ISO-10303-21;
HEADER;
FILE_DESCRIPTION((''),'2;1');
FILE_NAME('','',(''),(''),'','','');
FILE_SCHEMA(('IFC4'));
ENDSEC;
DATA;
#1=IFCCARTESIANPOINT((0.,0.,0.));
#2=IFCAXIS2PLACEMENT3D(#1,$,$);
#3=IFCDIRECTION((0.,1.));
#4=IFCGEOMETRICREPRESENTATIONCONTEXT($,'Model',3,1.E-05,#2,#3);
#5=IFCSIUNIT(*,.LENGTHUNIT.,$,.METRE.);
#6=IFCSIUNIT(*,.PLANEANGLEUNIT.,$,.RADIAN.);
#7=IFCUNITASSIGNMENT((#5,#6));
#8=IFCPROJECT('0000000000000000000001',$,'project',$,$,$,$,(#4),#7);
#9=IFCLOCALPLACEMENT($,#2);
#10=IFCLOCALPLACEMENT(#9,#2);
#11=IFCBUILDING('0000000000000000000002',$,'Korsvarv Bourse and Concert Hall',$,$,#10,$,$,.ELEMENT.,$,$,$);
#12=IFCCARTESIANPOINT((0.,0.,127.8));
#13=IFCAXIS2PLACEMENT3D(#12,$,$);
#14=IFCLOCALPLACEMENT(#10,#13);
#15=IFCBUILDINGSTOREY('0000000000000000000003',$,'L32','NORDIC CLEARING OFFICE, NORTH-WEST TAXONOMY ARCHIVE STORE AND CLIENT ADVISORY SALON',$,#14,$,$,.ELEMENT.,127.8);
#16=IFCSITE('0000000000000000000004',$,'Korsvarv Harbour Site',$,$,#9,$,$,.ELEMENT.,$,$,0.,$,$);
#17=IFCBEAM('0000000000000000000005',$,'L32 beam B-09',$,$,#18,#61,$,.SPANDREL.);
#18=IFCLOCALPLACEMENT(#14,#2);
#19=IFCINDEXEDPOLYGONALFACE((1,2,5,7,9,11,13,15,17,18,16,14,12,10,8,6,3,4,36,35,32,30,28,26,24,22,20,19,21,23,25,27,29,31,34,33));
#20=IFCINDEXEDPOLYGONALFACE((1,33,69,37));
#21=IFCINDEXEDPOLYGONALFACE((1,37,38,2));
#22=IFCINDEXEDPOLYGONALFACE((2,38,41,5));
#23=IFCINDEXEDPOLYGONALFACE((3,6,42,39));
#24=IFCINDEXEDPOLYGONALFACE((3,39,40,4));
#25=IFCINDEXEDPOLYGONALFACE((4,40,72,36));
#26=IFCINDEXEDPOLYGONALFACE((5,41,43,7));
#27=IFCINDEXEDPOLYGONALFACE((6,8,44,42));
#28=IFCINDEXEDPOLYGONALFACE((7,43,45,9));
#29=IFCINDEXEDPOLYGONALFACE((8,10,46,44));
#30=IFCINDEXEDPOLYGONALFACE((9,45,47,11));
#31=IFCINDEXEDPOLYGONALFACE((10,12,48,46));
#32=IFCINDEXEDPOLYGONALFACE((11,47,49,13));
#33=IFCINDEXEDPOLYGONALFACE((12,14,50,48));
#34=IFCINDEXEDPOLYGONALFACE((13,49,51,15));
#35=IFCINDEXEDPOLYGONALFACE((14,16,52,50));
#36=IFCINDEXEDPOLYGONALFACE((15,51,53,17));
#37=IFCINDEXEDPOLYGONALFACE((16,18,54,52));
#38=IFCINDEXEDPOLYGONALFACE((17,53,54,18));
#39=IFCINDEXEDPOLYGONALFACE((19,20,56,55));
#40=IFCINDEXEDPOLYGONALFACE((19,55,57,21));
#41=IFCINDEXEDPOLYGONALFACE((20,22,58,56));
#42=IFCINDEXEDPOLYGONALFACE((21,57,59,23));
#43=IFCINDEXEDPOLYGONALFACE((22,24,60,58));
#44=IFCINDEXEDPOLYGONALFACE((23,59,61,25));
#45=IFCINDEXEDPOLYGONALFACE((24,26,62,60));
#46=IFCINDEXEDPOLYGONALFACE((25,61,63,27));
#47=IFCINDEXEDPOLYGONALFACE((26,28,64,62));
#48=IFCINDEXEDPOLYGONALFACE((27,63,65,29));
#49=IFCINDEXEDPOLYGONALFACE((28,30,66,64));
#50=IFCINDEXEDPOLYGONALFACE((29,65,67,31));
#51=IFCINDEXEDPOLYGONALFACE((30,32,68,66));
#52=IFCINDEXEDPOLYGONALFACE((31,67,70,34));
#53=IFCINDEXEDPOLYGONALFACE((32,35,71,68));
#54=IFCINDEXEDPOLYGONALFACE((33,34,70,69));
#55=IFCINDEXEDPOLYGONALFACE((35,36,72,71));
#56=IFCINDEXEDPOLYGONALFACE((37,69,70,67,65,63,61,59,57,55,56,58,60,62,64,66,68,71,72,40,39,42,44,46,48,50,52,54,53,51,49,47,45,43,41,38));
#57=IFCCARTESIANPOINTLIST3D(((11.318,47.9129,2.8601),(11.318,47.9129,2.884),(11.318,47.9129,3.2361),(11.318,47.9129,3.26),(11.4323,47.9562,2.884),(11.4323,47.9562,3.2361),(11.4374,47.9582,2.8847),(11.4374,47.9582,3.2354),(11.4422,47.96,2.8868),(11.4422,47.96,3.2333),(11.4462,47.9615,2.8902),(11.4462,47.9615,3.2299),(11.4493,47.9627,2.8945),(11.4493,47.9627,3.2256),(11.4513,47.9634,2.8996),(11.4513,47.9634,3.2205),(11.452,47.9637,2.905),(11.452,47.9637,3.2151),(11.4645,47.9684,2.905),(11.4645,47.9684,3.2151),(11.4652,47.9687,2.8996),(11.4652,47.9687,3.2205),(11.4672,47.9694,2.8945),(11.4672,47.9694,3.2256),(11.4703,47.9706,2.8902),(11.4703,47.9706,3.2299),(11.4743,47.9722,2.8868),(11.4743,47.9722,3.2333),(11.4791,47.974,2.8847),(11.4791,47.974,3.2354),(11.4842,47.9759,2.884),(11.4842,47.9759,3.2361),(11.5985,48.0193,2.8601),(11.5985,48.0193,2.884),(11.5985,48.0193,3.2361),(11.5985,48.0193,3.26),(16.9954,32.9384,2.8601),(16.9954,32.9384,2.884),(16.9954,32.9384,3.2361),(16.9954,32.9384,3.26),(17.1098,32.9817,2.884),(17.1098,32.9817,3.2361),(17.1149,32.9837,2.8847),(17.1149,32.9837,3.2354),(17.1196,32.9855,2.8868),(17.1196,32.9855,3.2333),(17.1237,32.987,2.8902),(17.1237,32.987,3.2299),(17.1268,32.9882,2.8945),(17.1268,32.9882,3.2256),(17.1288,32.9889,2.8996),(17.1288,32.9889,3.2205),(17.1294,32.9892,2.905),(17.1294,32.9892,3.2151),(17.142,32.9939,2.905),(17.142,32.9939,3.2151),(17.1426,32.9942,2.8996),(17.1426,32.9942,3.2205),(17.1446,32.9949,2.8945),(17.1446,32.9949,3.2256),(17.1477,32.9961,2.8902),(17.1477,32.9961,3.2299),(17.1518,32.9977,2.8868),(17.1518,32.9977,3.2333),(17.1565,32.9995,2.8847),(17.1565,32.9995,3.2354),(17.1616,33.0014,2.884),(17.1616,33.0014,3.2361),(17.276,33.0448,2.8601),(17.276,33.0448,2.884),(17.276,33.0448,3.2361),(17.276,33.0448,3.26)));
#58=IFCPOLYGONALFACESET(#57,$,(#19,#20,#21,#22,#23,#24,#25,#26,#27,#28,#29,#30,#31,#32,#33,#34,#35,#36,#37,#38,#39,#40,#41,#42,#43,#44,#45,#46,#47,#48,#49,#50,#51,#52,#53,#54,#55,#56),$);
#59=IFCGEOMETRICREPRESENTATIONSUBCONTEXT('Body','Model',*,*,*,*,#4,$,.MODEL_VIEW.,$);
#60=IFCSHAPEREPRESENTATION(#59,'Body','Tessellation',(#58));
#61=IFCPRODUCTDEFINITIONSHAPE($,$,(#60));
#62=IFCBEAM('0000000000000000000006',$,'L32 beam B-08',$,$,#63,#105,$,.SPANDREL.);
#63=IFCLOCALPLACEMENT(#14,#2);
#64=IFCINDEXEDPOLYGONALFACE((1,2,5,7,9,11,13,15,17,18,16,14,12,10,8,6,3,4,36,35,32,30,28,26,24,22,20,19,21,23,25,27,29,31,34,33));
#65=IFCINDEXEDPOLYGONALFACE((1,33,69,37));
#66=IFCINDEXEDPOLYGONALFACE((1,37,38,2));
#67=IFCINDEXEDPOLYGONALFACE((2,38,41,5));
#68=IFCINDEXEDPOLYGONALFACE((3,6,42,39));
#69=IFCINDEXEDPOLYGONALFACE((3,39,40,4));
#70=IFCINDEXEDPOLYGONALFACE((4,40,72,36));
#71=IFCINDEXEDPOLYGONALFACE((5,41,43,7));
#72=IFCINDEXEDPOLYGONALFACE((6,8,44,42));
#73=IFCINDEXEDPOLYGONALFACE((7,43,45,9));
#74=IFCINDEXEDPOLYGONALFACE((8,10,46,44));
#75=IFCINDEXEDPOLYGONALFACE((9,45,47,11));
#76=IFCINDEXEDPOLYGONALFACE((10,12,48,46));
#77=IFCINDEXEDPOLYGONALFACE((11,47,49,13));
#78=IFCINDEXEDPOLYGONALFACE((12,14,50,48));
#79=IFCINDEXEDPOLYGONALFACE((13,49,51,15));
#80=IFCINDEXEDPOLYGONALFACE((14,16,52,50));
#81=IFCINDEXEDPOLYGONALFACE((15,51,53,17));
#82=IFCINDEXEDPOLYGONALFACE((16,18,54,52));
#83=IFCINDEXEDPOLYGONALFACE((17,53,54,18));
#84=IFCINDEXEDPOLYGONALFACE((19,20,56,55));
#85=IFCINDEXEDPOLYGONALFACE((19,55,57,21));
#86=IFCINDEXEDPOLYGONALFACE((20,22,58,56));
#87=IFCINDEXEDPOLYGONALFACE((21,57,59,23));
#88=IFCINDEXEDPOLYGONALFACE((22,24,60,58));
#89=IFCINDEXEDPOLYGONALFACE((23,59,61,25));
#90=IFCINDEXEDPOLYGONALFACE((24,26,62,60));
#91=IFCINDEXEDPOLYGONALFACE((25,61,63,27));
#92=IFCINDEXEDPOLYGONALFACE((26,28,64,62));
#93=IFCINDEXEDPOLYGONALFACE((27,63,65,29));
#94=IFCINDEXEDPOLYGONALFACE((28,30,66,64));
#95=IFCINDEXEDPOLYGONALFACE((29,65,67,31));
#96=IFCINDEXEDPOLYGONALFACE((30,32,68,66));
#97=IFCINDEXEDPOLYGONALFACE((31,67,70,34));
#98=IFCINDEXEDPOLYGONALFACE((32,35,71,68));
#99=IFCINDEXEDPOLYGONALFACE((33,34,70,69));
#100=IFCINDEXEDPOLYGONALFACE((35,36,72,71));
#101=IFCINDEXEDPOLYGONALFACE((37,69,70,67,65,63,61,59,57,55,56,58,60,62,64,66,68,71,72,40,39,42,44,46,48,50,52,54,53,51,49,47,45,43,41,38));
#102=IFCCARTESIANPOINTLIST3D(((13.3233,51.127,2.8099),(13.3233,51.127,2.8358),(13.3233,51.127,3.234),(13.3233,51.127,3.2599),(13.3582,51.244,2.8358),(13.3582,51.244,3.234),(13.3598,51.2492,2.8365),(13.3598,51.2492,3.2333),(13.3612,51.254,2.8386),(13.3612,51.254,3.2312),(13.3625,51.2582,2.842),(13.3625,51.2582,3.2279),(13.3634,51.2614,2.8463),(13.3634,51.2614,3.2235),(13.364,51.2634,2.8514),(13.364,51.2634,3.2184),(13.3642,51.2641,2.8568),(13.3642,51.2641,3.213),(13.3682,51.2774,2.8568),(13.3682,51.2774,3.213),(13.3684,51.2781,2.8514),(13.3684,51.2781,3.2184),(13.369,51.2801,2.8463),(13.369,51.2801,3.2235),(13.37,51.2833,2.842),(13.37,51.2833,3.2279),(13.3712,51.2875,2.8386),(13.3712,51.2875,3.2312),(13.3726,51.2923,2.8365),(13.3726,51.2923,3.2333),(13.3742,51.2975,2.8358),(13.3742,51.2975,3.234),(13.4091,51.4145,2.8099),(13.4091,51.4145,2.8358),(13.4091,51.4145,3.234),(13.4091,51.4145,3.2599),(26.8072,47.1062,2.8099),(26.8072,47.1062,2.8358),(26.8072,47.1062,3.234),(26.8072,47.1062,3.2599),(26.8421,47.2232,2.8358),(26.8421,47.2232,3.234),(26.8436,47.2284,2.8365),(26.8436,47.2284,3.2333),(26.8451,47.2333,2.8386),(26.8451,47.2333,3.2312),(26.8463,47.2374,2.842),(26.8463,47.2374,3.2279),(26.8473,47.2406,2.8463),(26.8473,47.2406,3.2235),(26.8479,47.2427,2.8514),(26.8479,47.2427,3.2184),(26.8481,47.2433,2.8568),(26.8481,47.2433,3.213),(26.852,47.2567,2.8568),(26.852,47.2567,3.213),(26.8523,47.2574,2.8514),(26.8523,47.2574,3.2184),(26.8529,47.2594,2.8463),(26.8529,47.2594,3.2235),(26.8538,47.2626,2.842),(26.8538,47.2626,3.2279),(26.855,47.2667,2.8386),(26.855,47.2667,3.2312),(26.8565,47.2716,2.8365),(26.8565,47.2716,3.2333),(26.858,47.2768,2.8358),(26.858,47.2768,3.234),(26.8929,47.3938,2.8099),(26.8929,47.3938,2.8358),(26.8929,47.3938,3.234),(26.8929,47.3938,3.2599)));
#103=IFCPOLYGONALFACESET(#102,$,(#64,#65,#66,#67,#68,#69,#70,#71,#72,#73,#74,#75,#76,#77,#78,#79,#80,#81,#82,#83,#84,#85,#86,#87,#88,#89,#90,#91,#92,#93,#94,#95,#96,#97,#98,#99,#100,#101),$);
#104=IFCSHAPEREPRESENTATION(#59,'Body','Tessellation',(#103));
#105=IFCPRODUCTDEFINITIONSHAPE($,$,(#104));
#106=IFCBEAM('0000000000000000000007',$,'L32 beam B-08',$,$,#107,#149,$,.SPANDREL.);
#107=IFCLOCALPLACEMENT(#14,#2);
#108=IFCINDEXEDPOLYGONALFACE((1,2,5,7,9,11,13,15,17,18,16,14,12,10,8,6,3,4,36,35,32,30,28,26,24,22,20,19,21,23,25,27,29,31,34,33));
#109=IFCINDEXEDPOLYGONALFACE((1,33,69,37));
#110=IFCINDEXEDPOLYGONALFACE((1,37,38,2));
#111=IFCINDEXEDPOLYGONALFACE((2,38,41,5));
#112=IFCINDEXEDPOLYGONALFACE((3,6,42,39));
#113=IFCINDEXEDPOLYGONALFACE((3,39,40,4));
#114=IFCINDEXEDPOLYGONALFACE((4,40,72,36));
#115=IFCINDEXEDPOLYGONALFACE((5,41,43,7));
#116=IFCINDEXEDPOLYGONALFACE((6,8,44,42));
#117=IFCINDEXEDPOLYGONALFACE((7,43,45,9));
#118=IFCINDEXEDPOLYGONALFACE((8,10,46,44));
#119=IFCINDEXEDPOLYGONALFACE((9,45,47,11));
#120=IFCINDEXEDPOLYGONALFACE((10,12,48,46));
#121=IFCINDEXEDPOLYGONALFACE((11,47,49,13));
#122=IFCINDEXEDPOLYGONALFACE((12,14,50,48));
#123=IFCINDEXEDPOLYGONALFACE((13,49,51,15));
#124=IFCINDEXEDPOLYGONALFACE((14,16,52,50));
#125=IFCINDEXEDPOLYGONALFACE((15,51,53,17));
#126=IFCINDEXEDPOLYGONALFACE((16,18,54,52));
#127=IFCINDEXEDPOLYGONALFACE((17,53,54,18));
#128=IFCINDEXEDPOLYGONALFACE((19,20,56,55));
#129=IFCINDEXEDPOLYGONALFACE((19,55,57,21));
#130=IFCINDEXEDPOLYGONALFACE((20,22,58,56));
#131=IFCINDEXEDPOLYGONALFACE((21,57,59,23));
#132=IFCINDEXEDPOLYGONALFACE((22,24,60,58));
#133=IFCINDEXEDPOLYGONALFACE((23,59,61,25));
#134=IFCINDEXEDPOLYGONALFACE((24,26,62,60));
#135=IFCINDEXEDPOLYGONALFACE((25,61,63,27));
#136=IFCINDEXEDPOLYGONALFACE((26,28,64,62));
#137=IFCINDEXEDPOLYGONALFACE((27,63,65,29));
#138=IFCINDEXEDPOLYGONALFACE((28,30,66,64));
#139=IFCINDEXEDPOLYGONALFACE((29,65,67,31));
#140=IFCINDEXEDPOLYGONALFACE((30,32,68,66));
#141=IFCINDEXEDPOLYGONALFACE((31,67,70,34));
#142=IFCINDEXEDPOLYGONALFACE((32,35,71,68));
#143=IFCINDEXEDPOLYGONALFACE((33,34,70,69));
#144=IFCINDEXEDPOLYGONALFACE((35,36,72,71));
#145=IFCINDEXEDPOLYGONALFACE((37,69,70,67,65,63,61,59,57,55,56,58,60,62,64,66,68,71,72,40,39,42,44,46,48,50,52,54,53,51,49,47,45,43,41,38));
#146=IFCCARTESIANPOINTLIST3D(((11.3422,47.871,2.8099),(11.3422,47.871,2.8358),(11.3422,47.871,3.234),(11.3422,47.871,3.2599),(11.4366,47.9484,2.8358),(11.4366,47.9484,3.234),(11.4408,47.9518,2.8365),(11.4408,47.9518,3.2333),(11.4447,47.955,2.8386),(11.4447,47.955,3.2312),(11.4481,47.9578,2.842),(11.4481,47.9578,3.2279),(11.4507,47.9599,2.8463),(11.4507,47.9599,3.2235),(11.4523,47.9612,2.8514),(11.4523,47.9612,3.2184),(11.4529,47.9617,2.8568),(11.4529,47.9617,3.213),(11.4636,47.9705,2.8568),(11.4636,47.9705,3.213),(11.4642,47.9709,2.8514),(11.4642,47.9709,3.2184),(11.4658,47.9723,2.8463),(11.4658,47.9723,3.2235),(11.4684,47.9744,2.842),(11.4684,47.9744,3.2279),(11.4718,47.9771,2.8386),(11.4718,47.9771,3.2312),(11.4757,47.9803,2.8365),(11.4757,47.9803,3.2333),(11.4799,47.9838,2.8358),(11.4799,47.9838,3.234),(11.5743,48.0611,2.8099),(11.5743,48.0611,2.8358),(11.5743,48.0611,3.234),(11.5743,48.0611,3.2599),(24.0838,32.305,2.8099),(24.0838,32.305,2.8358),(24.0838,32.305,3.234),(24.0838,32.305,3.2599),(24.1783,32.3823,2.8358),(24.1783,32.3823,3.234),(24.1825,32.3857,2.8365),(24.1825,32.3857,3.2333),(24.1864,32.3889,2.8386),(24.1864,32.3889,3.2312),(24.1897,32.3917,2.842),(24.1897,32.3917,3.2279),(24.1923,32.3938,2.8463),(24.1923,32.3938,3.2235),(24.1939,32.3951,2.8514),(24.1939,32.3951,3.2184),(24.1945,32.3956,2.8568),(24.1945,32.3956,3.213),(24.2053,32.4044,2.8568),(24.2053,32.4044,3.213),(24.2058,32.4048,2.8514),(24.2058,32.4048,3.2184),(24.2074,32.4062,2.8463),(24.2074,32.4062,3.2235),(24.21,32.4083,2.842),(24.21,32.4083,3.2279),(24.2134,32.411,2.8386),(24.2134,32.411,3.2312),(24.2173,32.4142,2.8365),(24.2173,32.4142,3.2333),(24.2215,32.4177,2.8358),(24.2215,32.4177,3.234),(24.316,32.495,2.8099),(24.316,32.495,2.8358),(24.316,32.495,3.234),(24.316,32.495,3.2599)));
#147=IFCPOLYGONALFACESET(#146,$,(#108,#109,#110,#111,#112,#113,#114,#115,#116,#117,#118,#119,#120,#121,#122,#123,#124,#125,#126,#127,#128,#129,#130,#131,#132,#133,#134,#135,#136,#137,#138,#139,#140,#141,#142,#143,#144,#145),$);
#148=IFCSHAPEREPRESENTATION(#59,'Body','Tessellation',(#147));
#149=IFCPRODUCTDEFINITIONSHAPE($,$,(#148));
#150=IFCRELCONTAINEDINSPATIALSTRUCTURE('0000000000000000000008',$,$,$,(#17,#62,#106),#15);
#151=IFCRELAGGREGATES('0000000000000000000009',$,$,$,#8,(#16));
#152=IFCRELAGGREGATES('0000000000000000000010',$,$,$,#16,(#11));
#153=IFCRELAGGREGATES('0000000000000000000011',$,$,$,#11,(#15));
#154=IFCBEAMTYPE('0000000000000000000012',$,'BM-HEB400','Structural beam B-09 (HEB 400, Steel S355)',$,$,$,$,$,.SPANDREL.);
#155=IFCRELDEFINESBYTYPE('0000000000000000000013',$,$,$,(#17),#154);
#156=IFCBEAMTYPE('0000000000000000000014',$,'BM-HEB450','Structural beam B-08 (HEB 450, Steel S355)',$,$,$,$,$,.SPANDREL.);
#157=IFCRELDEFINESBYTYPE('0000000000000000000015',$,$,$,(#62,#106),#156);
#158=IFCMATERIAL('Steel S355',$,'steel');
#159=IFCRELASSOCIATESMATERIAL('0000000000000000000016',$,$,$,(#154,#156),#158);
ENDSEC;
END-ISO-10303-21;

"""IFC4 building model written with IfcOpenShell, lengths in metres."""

from ifc_helpers import new_model, si_unit, direction, frame, origin, origin_2d, place, context, subcontext, project, spatial, i_section, extrude, source, transform, mapped, material, material_profile, profile_set, type_object, element, save


model = new_model("IFC4")

# Units and contexts
model_context = context("Model", 3, precision=1e-05, world=origin(), true_north=direction((0.0, 1.0)))
body_context = subcontext(model_context, "Body", "Model", "MODEL_VIEW")
ifc_project = project(units=[si_unit("LENGTHUNIT", "METRE"), si_unit("PLANEANGLEUNIT", "RADIAN")], contexts=[model_context])

# Site, building, storey
site_placement = place(None, origin())
site = spatial("IfcSite", under=ifc_project, at=site_placement, Name="Korsvarv Harbour Site", CompositionType="ELEMENT", RefElevation=0.0)
building_placement = place(site_placement, origin())
building = spatial("IfcBuilding", under=site, at=building_placement, Name="Korsvarv Bourse and Concert Hall", CompositionType="ELEMENT")
storey_placement = place(building_placement, frame((0.0, 0.0, 127.8)))
storey = spatial("IfcBuildingStorey", under=building, at=storey_placement, Name="L32", Description="NORDIC CLEARING OFFICE, NORTH-WEST TAXONOMY ARCHIVE STORE AND CLIENT ADVISORY SALON", CompositionType="ELEMENT", Elevation=127.8)

# Beams
ifc_material_1 = material(Name="Steel S355", Category="steel")
ifc_material_profile_1 = material_profile(ifc_material_1, i_section(OverallWidth=0.3, OverallDepth=0.3999, WebThickness=0.0134, FlangeThickness=0.0239, FilletRadius=0.021, at=origin_2d()), Name="HEB 400")
ifc_profile_set_1 = profile_set([ifc_material_profile_1], Name="Steel S355")
beam_type_1 = type_object("IfcBeamType", Name="BM-HEB400", Description="Structural beam B-09 (HEB 400, Steel S355)", PredefinedType="SPANDREL", material=ifc_profile_set_1)
shared_shape_1 = source(origin(), body_context, "Body", "SweptSolid", [
    extrude(i_section(OverallWidth=0.3, OverallDepth=0.3999, WebThickness=0.0134, FlangeThickness=0.0239, FilletRadius=0.021, at=origin_2d()), origin(), (0.0, 0.0, 1.0), 16.0146),
])
beam_1_placement = place(storey_placement, frame((11.4583, 47.9661, 3.0601), z_axis=(0.354516, -0.93505, 0.0), x_axis=(0.93505, 0.354516, 0.0)))
element("IfcBeam", 1, at=beam_1_placement, inside=storey, type_object=beam_type_1, Name="L32 beam B-09", PredefinedType="SPANDREL", context=body_context, shape_type="MappedRepresentation", body=[
    mapped(shared_shape_1, transform((0.0, 0.0, 0.0), scale=1.0)),
])
ifc_material_profile_2 = material_profile(ifc_material_1, i_section(OverallWidth=0.3, OverallDepth=0.45, WebThickness=0.0139, FlangeThickness=0.0259, FilletRadius=0.021, at=origin_2d()), Name="HEB 450")
ifc_profile_set_2 = profile_set([ifc_material_profile_2], Name="Steel S355")
beam_type_2 = type_object("IfcBeamType", Name="BM-HEB450", Description="Structural beam B-08 (HEB 450, Steel S355)", PredefinedType="SPANDREL", material=ifc_profile_set_2)
shared_shape_2 = source(origin(), body_context, "Body", "SweptSolid", [
    extrude(i_section(OverallWidth=0.3, OverallDepth=0.45, WebThickness=0.0139, FlangeThickness=0.0259, FilletRadius=0.021, at=origin_2d()), origin(), (0.0, 0.0, 1.0), 14.0706),
])
beam_2_placement = place(storey_placement, frame((13.3662, 51.2708, 3.0349), z_axis=(0.958303, -0.285756, 0.0), x_axis=(0.285756, 0.958303, 0.0)))
element("IfcBeam", 2, at=beam_2_placement, inside=storey, type_object=beam_type_2, Name="L32 beam B-08", PredefinedType="SPANDREL", context=body_context, shape_type="MappedRepresentation", body=[
    mapped(shared_shape_2, transform((0.0, 0.0, 0.0), scale=1.0)),
])
shared_shape_3 = source(origin(), body_context, "Body", "SweptSolid", [
    extrude(i_section(OverallWidth=0.3, OverallDepth=0.45, WebThickness=0.0139, FlangeThickness=0.0259, FilletRadius=0.021, at=origin_2d()), origin(), (0.0, 0.0, 1.0), 20.116),
])
beam_3_placement = place(storey_placement, frame((11.4583, 47.9661, 3.0349), z_axis=(0.633409, -0.773817, 0.0), x_axis=(0.773817, 0.633409, 0.0)))
element("IfcBeam", 3, at=beam_3_placement, inside=storey, type_object=beam_type_2, Name="L32 beam B-08", PredefinedType="SPANDREL", context=body_context, shape_type="MappedRepresentation", body=[
    mapped(shared_shape_3, transform((0.0, 0.0, 0.0), scale=1.0)),
])

save(model, "model.ifc")
